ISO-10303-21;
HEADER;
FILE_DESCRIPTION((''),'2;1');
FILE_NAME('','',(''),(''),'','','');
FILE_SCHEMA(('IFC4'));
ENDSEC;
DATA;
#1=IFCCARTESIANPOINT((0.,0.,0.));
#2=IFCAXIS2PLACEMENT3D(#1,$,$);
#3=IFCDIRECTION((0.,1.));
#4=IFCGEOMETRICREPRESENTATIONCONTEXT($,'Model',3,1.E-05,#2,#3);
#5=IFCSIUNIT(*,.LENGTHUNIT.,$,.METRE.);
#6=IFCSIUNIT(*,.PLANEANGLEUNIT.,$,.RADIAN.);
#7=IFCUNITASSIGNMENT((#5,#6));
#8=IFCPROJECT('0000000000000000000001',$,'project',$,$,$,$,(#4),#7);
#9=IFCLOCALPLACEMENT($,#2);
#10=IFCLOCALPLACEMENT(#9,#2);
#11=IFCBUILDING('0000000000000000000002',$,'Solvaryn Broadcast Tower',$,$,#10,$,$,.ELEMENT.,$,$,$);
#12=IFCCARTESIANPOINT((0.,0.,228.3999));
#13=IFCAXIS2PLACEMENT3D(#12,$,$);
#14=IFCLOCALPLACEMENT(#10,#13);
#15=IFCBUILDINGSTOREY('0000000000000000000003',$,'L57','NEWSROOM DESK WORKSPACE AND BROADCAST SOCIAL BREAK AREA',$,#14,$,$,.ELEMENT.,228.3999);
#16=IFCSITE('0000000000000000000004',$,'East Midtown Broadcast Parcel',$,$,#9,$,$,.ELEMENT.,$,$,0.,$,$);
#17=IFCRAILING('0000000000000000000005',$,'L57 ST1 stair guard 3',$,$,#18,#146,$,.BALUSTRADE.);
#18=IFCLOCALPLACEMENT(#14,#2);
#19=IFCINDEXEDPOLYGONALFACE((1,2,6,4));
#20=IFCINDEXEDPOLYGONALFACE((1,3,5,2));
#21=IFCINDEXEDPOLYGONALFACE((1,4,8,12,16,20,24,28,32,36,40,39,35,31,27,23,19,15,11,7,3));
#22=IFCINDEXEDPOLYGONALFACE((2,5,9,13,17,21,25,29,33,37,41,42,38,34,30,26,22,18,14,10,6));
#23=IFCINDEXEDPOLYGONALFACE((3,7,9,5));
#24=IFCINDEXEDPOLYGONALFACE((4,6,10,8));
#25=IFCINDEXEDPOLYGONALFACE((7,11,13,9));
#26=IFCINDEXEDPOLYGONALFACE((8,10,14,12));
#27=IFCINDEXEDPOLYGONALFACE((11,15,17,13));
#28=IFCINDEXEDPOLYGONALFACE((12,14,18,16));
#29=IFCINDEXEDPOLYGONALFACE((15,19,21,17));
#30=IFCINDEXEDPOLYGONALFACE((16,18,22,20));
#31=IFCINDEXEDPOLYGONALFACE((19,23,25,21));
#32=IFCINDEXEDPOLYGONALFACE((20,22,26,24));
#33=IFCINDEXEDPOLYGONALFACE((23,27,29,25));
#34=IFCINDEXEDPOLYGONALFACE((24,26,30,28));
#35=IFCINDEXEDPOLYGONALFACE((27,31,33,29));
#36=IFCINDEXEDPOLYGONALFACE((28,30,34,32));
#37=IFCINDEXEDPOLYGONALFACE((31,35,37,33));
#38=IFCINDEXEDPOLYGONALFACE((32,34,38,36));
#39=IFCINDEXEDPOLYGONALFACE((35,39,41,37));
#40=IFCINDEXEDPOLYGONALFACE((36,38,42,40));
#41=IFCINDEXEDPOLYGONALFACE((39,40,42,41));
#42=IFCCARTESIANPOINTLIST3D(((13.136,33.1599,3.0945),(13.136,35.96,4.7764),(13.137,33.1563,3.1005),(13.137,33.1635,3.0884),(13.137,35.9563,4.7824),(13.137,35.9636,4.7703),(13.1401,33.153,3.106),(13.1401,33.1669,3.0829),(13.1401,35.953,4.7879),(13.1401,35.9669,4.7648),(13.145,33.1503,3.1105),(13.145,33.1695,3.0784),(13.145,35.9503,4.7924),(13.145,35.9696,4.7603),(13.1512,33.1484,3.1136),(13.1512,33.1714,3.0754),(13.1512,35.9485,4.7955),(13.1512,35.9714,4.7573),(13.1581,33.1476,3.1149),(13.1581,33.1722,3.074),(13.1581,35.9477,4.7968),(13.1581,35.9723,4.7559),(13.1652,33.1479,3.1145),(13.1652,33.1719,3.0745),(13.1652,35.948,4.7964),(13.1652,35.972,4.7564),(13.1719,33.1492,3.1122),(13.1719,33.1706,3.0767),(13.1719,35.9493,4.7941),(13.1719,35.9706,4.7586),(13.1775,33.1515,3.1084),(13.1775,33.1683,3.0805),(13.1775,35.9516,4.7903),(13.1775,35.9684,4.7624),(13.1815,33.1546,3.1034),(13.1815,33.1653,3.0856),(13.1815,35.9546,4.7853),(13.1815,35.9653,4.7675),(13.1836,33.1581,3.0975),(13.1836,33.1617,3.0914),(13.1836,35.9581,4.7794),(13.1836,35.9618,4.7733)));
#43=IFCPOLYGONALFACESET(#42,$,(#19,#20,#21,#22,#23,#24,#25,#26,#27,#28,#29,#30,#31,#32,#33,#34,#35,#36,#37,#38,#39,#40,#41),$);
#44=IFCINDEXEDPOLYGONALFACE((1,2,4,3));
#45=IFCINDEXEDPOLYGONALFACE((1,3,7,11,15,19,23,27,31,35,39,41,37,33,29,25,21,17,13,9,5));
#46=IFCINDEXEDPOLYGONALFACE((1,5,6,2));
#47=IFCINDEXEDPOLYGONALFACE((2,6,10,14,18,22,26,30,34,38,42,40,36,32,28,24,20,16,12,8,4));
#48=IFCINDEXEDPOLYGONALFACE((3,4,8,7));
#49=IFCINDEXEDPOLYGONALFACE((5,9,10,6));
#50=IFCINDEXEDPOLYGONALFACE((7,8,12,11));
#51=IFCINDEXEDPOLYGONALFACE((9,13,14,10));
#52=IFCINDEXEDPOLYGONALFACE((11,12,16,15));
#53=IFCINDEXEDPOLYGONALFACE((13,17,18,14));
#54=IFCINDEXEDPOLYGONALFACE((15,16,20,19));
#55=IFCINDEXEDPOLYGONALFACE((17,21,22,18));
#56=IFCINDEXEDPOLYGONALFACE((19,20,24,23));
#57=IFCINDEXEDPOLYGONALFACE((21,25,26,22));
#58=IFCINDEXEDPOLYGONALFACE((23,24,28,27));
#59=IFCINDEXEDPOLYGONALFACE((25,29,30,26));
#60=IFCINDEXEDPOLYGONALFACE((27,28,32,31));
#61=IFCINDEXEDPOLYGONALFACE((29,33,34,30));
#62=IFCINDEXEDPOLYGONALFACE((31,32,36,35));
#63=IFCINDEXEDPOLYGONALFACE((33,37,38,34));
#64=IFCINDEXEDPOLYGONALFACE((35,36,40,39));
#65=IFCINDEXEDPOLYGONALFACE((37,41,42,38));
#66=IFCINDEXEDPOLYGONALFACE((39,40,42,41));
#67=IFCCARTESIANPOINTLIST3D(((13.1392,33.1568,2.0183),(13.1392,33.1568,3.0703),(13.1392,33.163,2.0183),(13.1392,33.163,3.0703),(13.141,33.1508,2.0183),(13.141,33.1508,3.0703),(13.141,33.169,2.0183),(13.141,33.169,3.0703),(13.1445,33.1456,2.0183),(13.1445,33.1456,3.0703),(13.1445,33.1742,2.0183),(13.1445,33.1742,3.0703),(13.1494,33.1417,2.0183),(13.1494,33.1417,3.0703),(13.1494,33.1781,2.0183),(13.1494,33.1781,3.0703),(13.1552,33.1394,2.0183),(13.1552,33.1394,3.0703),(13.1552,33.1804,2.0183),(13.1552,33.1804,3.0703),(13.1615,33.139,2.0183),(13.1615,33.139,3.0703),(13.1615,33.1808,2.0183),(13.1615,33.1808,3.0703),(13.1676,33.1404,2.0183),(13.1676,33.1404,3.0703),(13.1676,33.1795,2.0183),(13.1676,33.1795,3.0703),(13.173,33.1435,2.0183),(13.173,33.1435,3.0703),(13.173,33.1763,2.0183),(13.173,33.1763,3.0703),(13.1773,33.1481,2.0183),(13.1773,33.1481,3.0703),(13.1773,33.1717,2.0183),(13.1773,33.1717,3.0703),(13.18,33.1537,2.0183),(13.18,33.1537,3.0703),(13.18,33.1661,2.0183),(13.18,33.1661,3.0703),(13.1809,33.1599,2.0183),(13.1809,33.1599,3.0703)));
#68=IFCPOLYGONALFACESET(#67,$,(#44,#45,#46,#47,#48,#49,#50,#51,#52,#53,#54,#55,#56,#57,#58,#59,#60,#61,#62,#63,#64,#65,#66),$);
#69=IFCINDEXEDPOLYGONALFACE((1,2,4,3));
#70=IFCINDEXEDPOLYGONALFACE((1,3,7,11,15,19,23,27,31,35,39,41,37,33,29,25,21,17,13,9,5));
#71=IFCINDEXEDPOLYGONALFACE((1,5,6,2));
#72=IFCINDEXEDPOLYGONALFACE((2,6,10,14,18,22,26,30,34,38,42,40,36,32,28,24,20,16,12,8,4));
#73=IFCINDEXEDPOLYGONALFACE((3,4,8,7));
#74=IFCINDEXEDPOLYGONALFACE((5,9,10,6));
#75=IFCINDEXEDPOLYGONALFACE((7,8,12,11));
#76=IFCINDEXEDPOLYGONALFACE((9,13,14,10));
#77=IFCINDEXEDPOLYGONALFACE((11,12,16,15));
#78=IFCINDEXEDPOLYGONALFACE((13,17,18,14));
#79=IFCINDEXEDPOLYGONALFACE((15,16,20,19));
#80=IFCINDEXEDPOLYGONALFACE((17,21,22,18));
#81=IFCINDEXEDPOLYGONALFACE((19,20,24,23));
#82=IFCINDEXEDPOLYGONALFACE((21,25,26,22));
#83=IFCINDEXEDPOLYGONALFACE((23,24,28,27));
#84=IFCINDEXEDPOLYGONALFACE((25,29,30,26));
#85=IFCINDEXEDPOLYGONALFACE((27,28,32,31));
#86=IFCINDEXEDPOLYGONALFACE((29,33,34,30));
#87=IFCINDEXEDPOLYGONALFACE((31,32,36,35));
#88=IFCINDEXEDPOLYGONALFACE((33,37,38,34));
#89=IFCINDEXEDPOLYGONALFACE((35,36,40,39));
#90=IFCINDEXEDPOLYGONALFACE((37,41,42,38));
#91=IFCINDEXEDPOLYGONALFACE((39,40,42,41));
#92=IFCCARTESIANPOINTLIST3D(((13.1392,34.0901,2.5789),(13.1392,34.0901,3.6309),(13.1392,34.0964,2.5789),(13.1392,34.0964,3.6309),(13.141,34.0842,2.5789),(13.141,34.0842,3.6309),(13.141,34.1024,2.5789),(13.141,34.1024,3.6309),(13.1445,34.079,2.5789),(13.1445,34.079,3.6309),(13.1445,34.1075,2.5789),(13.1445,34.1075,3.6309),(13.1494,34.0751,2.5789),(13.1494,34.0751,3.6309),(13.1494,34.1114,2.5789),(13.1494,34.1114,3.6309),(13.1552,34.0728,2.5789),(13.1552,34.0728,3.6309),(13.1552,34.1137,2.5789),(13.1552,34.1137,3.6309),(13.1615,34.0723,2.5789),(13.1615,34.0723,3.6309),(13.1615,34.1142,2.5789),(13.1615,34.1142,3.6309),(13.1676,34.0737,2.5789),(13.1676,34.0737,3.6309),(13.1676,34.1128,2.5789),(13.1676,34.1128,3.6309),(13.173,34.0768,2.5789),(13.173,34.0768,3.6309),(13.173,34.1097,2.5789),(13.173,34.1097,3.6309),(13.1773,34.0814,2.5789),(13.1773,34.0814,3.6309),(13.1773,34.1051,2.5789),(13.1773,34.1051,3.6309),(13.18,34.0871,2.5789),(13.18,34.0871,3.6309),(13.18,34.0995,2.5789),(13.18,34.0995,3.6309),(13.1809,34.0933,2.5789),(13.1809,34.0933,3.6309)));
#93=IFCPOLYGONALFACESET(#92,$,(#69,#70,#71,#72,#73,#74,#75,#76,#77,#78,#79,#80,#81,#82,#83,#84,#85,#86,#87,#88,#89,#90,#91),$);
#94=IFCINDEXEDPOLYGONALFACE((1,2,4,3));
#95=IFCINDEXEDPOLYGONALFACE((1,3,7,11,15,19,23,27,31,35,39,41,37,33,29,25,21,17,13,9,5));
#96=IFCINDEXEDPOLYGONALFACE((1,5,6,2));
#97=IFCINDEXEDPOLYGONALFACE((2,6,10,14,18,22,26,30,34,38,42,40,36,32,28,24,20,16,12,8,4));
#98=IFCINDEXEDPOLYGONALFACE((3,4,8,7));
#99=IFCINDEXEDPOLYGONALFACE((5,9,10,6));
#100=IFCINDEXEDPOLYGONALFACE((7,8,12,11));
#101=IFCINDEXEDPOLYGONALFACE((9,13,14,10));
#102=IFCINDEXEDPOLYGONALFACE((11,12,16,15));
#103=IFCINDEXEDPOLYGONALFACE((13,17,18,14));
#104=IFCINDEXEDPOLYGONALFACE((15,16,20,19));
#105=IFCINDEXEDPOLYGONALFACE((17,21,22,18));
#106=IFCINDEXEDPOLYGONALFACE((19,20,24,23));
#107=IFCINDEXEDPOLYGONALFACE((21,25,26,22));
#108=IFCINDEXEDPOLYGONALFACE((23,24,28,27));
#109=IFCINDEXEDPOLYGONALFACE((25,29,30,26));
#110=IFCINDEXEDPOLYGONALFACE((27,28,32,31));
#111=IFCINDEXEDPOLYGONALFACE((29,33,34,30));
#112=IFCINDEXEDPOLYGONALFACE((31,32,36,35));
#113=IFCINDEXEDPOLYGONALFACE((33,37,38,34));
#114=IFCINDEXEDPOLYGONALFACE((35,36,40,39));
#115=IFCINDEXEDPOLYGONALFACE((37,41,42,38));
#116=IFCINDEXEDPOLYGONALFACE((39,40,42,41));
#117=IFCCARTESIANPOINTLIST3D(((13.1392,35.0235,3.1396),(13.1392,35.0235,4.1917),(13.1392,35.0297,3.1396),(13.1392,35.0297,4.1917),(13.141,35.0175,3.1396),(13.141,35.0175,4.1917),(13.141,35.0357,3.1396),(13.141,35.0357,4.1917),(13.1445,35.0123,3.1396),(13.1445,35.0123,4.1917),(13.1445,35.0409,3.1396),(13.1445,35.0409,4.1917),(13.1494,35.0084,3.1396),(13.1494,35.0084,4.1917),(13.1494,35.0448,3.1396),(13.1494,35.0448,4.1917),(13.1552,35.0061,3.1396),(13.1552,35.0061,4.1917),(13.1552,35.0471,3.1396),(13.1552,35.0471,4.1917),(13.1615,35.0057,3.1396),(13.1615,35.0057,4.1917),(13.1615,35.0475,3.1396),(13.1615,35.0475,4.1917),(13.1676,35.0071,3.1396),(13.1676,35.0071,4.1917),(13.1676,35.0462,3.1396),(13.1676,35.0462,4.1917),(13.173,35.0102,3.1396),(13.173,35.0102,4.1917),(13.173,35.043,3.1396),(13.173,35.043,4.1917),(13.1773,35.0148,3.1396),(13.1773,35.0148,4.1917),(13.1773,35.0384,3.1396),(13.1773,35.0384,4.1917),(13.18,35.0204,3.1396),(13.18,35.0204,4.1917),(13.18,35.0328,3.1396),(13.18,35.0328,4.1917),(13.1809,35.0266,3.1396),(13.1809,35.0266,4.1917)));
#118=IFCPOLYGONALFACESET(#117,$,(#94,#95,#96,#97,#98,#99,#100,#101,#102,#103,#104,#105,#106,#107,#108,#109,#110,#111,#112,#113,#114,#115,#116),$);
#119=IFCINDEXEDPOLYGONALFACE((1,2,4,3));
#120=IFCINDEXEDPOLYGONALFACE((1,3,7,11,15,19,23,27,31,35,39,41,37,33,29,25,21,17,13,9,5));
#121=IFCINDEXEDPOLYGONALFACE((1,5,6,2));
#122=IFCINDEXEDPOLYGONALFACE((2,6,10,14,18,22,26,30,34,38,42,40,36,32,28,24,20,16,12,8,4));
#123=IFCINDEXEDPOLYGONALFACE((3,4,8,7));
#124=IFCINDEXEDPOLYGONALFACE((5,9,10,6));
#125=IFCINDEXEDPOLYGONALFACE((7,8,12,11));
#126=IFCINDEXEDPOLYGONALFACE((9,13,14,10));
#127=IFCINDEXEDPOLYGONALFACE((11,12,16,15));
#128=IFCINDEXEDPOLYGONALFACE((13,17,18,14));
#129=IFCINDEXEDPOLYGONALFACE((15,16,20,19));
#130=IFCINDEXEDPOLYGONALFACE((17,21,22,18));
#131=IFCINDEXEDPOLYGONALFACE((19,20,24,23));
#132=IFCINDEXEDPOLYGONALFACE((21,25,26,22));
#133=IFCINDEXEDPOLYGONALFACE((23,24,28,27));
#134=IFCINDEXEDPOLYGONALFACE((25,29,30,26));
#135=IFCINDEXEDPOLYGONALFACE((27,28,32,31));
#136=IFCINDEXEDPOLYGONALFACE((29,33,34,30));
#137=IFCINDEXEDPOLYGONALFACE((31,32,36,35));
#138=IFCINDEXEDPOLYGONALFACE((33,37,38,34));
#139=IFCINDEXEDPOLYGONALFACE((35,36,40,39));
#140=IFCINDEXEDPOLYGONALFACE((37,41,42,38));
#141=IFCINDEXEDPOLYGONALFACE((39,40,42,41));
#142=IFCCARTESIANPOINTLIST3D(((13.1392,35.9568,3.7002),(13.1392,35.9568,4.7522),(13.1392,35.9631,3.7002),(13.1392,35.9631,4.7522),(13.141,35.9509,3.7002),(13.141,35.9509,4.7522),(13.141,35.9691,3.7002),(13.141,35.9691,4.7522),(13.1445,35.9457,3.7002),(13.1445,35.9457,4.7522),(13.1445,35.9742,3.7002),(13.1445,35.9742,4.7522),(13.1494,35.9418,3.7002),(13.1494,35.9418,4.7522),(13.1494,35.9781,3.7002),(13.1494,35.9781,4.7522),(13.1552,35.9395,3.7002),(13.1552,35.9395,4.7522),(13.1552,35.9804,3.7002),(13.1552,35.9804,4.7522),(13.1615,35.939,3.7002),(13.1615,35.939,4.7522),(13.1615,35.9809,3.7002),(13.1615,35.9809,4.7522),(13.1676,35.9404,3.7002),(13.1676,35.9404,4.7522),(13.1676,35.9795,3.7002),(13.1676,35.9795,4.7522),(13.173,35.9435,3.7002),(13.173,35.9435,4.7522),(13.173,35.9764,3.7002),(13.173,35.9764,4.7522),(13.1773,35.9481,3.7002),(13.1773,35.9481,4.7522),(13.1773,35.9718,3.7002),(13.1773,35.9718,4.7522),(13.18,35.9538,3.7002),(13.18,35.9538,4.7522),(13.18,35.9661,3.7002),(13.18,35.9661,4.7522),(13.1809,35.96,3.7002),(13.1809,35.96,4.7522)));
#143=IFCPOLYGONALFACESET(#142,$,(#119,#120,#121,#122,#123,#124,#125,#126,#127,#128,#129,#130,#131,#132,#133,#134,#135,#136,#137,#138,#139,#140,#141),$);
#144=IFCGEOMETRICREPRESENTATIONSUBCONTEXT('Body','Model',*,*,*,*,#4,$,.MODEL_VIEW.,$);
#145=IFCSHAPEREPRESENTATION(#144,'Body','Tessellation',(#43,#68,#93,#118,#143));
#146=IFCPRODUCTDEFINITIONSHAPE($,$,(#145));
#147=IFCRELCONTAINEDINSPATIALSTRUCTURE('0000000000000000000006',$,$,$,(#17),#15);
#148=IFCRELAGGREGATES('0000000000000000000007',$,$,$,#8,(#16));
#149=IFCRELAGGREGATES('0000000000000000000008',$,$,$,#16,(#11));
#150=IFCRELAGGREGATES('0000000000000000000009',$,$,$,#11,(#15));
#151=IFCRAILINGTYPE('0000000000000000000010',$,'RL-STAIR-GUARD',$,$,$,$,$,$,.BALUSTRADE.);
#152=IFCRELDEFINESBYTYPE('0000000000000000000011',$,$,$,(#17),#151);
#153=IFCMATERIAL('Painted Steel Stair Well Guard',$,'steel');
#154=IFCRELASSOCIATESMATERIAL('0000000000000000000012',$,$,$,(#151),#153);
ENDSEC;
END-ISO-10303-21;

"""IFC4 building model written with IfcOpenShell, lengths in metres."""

from ifc_helpers import new_model, si_unit, direction, frame, origin, origin_2d, place, context, subcontext, project, spatial, circle, extrude, material, type_object, element, save


model = new_model("IFC4")

# Units and contexts
model_context = context("Model", 3, precision=1e-05, world=origin(), true_north=direction((0.0, 1.0)))
body_context = subcontext(model_context, "Body", "Model", "MODEL_VIEW")
ifc_project = project(units=[si_unit("LENGTHUNIT", "METRE"), si_unit("PLANEANGLEUNIT", "RADIAN")], contexts=[model_context])

# Site, building, storey
site_placement = place(None, origin())
site = spatial("IfcSite", under=ifc_project, at=site_placement, Name="East Midtown Broadcast Parcel", CompositionType="ELEMENT", RefElevation=0.0)
building_placement = place(site_placement, origin())
building = spatial("IfcBuilding", under=site, at=building_placement, Name="Solvaryn Broadcast Tower", CompositionType="ELEMENT")
storey_placement = place(building_placement, frame((0.0, 0.0, 228.3999)))
storey = spatial("IfcBuildingStorey", under=building, at=storey_placement, Name="L57", Description="NEWSROOM DESK WORKSPACE AND BROADCAST SOCIAL BREAK AREA", CompositionType="ELEMENT", Elevation=228.3999)

# Railing
ifc_material_1 = material(Name="Painted Steel Stair Well Guard", Category="steel")
railing_type_1 = type_object("IfcRailingType", Name="RL-STAIR-GUARD", PredefinedType="BALUSTRADE", material=ifc_material_1)
railing_1_placement = place(storey_placement, frame((13.1599, 33.1599, 2.0183)))
element("IfcRailing", 1, at=railing_1_placement, inside=storey, type_object=railing_type_1, Name="L57 ST1 stair guard 3", PredefinedType="BALUSTRADE", context=body_context, shape_type="SweptSolid", body=[
    extrude(circle(Radius=0.0239, at=origin_2d()), frame((0.0, 0.0, 1.0762), z_axis=(0.0, 0.857242, 0.514913), x_axis=(-1.0, 0.0, 0.0)), (0.0, 0.0, 1.0), 3.2664),
    extrude(circle(Radius=0.021, at=origin_2d()), origin(), (0.0, 0.0, 1.0), 1.052),
    extrude(circle(Radius=0.021, at=origin_2d()), frame((0.0, 0.9333, 0.5605)), (0.0, 0.0, 1.0), 1.052),
    extrude(circle(Radius=0.021, at=origin_2d()), frame((0.0, 1.8667, 1.1213)), (0.0, 0.0, 1.0), 1.052),
    extrude(circle(Radius=0.021, at=origin_2d()), frame((0.0, 2.8, 1.6819)), (0.0, 0.0, 1.0), 1.052),
])

save(model, "model.ifc")
